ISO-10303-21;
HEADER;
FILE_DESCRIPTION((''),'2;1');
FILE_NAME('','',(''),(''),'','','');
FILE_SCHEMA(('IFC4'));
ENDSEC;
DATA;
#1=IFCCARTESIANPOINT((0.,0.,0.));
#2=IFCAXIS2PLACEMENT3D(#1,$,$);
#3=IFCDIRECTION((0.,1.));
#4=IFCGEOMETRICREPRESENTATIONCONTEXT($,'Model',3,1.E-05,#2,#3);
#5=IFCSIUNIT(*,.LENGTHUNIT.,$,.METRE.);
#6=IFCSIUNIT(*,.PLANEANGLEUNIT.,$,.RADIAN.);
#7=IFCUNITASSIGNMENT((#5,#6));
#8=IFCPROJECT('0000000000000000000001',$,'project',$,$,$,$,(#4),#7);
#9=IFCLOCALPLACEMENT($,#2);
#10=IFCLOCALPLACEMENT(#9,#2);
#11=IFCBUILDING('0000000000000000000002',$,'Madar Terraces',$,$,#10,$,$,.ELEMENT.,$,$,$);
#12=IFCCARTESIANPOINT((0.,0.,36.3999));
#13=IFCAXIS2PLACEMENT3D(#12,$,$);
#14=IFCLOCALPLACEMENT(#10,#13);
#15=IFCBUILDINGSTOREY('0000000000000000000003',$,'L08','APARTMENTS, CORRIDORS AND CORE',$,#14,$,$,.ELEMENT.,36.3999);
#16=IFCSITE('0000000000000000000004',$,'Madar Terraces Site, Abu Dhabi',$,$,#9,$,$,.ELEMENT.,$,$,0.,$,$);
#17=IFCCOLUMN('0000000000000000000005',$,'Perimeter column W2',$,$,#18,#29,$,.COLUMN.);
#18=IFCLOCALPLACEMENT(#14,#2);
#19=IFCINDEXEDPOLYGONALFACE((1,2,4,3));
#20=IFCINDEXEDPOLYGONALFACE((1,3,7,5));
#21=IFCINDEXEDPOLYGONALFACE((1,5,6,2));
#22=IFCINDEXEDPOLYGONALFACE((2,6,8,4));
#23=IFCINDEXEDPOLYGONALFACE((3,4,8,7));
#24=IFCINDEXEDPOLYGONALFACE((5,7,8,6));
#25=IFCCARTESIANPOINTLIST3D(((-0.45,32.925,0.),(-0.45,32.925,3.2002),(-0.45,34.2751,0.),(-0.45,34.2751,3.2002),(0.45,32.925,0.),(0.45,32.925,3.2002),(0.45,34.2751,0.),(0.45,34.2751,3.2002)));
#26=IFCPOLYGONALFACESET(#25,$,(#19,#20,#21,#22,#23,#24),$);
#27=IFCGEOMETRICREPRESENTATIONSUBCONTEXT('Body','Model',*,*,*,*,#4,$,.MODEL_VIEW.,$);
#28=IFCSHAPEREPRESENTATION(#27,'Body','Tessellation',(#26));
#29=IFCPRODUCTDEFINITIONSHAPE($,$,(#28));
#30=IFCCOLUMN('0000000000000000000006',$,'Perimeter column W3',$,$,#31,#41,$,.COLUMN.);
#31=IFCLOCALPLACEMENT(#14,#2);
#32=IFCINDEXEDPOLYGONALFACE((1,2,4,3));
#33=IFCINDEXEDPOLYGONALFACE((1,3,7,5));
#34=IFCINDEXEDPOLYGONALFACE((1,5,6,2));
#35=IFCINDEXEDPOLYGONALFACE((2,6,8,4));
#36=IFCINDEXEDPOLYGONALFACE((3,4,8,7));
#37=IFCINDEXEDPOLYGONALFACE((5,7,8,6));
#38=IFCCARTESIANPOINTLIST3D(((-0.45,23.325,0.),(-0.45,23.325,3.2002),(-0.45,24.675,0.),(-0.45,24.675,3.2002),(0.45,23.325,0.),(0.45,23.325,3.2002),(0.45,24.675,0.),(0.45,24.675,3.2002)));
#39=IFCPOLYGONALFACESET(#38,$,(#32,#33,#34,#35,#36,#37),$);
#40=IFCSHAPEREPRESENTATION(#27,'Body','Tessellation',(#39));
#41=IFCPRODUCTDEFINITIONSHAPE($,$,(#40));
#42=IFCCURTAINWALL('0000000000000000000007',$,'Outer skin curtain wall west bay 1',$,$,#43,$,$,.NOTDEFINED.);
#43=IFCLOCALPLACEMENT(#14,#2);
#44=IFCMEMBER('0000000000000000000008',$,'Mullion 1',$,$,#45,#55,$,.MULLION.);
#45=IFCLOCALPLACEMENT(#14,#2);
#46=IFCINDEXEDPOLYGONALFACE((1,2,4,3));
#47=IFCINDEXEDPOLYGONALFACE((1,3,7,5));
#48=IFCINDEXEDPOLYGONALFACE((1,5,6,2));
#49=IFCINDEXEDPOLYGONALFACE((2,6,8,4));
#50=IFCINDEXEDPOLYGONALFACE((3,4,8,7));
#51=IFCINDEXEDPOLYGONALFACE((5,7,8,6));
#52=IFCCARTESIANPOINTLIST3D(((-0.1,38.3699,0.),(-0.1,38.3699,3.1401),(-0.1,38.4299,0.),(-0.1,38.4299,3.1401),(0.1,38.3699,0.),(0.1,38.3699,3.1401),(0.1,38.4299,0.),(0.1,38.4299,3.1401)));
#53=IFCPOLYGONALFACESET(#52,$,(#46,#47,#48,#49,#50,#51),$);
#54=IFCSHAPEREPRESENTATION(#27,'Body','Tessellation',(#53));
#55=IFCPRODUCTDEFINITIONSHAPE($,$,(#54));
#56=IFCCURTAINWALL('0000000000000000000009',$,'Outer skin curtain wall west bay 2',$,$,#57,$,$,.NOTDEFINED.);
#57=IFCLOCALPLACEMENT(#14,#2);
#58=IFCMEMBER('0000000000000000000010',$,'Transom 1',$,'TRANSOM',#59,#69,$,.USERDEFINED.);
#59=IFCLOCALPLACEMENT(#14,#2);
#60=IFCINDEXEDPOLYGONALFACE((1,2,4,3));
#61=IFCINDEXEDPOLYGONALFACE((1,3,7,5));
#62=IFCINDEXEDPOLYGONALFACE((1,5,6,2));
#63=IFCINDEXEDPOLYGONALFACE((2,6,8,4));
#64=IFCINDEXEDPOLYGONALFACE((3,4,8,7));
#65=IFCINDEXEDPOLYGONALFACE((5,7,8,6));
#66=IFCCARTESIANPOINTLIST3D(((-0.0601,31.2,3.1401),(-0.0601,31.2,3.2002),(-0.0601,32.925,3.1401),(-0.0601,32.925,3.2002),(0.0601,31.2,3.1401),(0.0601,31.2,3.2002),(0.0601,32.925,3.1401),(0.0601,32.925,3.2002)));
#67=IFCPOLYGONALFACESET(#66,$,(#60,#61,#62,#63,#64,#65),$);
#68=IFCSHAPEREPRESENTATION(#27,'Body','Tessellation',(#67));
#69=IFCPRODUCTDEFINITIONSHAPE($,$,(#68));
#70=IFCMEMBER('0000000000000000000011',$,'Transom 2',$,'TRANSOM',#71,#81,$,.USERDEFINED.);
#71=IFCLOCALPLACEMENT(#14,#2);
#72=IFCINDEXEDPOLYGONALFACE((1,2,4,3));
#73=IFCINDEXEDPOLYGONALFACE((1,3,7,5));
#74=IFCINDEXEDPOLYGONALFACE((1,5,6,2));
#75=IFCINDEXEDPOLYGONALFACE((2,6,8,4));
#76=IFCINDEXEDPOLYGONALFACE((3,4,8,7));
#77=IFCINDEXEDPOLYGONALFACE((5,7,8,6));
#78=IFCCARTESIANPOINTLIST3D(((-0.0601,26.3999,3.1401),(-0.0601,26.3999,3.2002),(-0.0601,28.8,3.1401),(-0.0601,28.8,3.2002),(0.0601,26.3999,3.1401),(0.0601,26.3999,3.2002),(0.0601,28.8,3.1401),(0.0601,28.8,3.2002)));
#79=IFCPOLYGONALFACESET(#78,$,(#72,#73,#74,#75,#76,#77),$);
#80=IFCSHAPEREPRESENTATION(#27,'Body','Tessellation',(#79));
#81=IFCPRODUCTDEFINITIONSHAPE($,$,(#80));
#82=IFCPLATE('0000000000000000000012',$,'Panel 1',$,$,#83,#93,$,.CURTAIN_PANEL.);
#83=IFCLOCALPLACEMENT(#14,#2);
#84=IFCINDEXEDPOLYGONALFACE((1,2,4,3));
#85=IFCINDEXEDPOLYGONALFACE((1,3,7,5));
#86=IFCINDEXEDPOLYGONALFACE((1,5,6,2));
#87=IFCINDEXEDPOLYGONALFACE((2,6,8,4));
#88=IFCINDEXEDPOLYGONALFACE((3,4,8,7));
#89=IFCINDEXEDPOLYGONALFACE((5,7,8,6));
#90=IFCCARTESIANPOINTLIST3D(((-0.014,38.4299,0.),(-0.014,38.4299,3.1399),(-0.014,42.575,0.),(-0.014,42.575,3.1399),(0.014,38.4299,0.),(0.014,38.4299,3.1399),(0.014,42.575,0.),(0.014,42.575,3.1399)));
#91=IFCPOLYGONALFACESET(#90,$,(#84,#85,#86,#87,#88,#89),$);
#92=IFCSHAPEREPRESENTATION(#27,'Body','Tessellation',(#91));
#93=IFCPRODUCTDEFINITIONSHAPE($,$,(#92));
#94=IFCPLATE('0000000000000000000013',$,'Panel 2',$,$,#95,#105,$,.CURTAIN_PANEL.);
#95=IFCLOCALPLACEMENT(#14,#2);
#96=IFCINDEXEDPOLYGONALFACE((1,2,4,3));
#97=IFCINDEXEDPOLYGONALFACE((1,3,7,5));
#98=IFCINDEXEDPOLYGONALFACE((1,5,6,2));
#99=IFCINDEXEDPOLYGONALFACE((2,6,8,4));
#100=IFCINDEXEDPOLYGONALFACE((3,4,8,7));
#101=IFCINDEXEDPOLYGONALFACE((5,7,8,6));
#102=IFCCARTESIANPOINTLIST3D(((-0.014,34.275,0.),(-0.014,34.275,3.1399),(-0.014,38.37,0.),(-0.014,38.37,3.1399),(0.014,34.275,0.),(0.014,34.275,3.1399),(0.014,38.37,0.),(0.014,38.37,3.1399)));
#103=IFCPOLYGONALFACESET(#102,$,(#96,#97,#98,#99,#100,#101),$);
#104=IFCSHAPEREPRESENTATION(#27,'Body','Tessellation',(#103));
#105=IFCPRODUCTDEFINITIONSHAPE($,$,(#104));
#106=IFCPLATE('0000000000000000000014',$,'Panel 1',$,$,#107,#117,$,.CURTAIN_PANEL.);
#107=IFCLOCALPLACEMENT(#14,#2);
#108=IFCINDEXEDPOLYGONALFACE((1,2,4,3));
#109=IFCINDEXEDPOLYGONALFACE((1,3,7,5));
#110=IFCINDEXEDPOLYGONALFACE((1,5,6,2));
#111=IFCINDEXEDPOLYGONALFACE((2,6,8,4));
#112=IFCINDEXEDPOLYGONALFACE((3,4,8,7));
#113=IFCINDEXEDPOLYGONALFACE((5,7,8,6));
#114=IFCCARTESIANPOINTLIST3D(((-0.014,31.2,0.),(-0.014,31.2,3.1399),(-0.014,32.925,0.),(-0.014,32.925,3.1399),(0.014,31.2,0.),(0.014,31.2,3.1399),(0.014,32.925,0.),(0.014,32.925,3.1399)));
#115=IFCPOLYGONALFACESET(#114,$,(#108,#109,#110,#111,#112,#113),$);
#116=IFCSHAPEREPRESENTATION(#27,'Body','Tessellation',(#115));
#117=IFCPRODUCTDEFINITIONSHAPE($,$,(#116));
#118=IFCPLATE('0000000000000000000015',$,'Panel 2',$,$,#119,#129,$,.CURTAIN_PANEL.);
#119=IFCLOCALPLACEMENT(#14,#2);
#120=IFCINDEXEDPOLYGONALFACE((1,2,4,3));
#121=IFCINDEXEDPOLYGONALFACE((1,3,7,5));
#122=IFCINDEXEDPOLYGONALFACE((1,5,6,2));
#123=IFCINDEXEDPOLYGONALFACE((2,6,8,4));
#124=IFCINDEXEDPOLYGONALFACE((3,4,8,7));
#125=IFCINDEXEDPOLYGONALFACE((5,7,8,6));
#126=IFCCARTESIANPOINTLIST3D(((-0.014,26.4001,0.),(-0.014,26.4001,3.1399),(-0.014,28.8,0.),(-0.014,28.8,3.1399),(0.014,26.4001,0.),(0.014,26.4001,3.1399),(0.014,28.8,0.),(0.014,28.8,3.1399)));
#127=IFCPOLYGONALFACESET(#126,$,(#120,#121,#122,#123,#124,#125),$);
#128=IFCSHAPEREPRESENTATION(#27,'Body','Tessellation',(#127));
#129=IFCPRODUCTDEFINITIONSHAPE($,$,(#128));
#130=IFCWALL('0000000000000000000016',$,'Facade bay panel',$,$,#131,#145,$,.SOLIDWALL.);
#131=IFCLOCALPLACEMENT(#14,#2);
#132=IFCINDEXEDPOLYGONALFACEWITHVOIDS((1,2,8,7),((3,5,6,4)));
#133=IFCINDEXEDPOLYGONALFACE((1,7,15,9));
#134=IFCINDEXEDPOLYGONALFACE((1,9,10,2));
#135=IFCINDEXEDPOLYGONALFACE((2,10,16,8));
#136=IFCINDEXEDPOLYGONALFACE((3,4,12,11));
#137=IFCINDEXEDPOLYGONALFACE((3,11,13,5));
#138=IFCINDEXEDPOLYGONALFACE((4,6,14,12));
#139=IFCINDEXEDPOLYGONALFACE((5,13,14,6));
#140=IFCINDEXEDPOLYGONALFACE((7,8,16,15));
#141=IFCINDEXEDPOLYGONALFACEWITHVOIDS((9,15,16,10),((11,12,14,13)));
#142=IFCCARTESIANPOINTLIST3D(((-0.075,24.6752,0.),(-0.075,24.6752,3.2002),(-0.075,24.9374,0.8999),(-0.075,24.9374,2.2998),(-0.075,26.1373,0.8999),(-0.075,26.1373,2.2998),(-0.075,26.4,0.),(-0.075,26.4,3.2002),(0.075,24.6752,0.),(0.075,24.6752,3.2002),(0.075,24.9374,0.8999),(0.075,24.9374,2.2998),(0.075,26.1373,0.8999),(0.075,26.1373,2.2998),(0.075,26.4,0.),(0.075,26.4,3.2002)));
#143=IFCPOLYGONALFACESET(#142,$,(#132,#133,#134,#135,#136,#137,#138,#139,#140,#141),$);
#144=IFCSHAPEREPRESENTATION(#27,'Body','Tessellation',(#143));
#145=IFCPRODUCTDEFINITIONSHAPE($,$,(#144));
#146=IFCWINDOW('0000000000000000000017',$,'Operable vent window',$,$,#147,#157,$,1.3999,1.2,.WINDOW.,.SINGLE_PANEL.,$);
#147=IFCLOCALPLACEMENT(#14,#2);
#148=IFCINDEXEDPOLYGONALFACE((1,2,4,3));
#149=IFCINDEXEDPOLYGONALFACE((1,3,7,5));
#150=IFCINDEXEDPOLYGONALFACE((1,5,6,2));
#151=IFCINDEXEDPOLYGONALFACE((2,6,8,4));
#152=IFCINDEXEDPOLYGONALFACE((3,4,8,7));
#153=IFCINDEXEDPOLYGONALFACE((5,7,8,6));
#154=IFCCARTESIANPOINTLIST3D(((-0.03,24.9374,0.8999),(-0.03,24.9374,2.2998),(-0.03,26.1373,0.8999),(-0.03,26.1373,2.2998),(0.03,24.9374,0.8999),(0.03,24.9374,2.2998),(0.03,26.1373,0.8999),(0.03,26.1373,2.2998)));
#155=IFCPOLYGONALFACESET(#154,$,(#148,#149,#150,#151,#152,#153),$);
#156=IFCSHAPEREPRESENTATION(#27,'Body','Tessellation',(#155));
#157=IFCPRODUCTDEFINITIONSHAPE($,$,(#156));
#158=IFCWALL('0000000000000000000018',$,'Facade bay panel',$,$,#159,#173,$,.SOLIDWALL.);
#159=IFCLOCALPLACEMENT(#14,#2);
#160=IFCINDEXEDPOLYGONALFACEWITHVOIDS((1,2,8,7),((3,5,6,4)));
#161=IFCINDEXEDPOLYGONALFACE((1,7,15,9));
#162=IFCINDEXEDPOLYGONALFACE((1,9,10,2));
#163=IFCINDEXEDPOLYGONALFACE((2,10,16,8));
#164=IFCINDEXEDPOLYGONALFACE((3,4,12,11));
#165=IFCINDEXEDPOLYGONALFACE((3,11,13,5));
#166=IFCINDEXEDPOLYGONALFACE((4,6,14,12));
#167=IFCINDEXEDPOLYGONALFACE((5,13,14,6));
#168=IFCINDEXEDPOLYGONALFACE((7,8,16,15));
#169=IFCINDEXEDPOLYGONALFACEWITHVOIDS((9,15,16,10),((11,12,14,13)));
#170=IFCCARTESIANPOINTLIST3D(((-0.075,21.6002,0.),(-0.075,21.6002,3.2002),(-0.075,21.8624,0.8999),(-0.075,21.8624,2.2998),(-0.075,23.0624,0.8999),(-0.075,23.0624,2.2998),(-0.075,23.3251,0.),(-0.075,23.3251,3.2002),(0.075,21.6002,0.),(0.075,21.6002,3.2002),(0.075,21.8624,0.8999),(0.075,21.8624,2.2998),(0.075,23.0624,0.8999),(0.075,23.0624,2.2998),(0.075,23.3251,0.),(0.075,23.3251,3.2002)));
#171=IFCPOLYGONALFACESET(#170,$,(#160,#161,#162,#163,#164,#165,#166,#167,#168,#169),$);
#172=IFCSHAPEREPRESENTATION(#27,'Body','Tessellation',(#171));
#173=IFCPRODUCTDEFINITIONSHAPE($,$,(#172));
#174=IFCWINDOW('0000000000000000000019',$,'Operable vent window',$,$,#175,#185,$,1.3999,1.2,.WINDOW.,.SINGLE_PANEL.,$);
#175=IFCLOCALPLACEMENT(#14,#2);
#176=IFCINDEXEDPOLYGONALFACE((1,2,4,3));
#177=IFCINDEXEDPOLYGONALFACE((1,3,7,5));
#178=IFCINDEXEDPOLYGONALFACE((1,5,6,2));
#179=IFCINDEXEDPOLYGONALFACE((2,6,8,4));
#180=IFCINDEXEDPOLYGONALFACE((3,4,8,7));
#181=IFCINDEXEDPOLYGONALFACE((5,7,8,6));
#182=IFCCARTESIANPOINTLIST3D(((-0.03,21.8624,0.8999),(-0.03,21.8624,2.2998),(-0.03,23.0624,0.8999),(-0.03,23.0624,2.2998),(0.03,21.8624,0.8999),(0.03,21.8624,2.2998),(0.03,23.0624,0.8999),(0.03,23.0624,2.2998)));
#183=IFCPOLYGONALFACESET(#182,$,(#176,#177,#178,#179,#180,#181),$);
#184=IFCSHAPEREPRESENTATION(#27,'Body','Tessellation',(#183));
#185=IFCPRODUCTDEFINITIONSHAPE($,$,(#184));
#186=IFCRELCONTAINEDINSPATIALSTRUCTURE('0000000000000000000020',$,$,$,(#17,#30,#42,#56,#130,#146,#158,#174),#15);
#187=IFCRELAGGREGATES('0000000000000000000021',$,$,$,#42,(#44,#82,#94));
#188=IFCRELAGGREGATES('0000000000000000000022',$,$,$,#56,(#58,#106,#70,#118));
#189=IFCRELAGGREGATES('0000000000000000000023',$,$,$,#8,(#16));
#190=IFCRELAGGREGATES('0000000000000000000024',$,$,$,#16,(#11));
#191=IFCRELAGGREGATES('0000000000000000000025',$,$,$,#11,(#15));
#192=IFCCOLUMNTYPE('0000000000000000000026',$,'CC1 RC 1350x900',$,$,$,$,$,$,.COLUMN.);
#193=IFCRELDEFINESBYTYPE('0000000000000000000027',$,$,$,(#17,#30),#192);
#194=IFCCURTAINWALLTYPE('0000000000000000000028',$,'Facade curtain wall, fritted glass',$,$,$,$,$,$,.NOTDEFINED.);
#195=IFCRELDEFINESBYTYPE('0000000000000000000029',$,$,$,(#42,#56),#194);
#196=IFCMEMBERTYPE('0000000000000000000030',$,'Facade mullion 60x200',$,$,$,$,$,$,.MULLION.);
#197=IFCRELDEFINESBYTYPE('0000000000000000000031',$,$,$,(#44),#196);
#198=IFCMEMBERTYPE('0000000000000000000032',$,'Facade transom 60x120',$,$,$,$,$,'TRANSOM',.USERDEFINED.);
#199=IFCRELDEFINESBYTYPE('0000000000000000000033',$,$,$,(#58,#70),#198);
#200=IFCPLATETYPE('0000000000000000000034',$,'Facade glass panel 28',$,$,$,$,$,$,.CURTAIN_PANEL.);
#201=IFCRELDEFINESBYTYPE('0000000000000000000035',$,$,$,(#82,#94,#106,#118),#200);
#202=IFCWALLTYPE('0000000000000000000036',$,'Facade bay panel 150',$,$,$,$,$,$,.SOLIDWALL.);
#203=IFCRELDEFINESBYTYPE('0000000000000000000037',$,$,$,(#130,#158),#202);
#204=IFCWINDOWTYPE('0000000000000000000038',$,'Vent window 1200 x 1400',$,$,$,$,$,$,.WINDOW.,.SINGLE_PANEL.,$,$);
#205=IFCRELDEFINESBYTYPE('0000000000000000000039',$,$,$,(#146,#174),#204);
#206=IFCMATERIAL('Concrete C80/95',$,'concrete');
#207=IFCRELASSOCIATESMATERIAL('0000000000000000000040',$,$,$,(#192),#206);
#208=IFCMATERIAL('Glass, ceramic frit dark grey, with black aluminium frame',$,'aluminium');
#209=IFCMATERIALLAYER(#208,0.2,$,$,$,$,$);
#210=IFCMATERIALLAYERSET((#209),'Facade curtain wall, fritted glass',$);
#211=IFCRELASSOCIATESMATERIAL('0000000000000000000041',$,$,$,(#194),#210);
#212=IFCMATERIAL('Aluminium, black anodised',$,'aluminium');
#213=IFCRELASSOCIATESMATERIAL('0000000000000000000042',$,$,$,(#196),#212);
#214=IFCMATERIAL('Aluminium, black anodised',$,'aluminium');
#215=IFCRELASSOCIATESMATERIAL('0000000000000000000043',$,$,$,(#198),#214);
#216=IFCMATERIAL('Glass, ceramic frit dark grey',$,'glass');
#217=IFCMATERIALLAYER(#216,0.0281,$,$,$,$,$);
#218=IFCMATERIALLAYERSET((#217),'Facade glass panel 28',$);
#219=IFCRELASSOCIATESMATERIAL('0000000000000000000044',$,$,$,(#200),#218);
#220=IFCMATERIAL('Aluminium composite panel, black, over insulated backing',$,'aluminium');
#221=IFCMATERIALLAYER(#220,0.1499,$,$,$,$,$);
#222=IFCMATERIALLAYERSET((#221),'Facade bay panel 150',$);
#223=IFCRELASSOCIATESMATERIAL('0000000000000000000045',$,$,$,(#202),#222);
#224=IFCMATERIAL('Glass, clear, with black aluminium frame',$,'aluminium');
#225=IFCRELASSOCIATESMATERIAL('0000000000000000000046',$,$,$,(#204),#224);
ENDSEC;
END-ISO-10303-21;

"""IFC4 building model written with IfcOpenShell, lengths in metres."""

from ifc_helpers import new_model, si_unit, direction, frame, frame_2d, origin, origin_2d, place, context, subcontext, project, spatial, rectangle, extrude, material, layer, layer_set, material_profile, profile_set, type_object, element, fill, aggregate, save


model = new_model("IFC4")

# Units and contexts
model_context = context("Model", 3, precision=1e-05, world=origin(), true_north=direction((0.0, 1.0)))
body_context = subcontext(model_context, "Body", "Model", "MODEL_VIEW")
ifc_project = project(units=[si_unit("LENGTHUNIT", "METRE"), si_unit("PLANEANGLEUNIT", "RADIAN")], contexts=[model_context])

# Site, building, storey
site_placement = place(None, origin())
site = spatial("IfcSite", under=ifc_project, at=site_placement, Name="Madar Terraces Site, Abu Dhabi", CompositionType="ELEMENT", RefElevation=0.0)
building_placement = place(site_placement, origin())
building = spatial("IfcBuilding", under=site, at=building_placement, Name="Madar Terraces", CompositionType="ELEMENT")
storey_placement = place(building_placement, frame((0.0, 0.0, 36.3999)))
storey = spatial("IfcBuildingStorey", under=building, at=storey_placement, Name="L08", Description="APARTMENTS, CORRIDORS AND CORE", CompositionType="ELEMENT", Elevation=36.3999)

# Columns
ifc_material_1 = material(Name="Concrete C80/95", Category="concrete")
ifc_material_profile_1 = material_profile(ifc_material_1, rectangle(XDim=1.3501, YDim=0.8999, at=origin_2d()), Name="CC1 RC 1350x900")
ifc_profile_set_1 = profile_set([ifc_material_profile_1], Name="Concrete C80/95")
column_type = type_object("IfcColumnType", Name="CC1 RC 1350x900", PredefinedType="COLUMN", material=ifc_profile_set_1)
for number, where, z_axis, x_axis, name in (
    (1, (0.0, 33.6001, 0.0), (0.0, 0.0, 1.0), (0.0, 1.0, 0.0), "Perimeter column W2"),
    (2, (0.0, 24.0, 0.0), (0.0, 0.0, 1.0), (0.0, 1.0, 0.0), "Perimeter column W3"),
):
    element("IfcColumn", number, at=place(storey_placement, frame(where, z_axis=z_axis, x_axis=x_axis)), inside=storey, type_object=column_type, Name=name, PredefinedType="COLUMN", context=body_context, shape_type="SweptSolid", body=[
        extrude(rectangle(XDim=1.3501, YDim=0.8999, at=origin_2d()), origin(), (0.0, 0.0, 1.0), 3.2002),
    ])

# Curtain wall, member
ifc_material_2 = material(Name="Glass, ceramic frit dark grey, with black aluminium frame", Category="aluminium")
ifc_layer_1 = layer(ifc_material_2, 0.2)
ifc_layer_set_1 = layer_set([ifc_layer_1], Name="Facade curtain wall, fritted glass")
curtain_wall_type = type_object("IfcCurtainWallType", Name="Facade curtain wall, fritted glass", PredefinedType="NOTDEFINED", material=ifc_layer_set_1)
curtain_wall_1_placement = place(storey_placement, origin())
curtain_wall_1 = element("IfcCurtainWall", 3, at=curtain_wall_1_placement, inside=storey, type_object=curtain_wall_type, Name="Outer skin curtain wall west bay 1", PredefinedType="NOTDEFINED")
ifc_material_3 = material(Name="Aluminium, black anodised", Category="aluminium")
ifc_material_profile_2 = material_profile(ifc_material_3, rectangle(XDim=0.2, YDim=0.0601, at=origin_2d()), Name="Facade mullion 60x200")
ifc_profile_set_2 = profile_set([ifc_material_profile_2], Name="Aluminium, black anodised")
member_type_1 = type_object("IfcMemberType", Name="Facade mullion 60x200", PredefinedType="MULLION", material=ifc_profile_set_2)
member_1_placement = place(storey_placement, frame((0.0, 38.3999, 0.0), z_axis=(0.0, 0.0, 1.0), x_axis=(1.0, 0.0, 0.0)))
member_1 = element("IfcMember", 4, at=member_1_placement, type_object=member_type_1, Name="Mullion 1", PredefinedType="MULLION", context=body_context, shape_type="SweptSolid", body=[
    extrude(rectangle(XDim=0.2, YDim=0.0601, at=origin_2d()), origin(), (0.0, 0.0, 1.0), 3.1401),
])

# Curtain wall, members
curtain_wall_2_placement = place(storey_placement, origin())
curtain_wall_2 = element("IfcCurtainWall", 5, at=curtain_wall_2_placement, inside=storey, type_object=curtain_wall_type, Name="Outer skin curtain wall west bay 2", PredefinedType="NOTDEFINED")
ifc_material_4 = material(Name="Aluminium, black anodised", Category="aluminium")
ifc_material_profile_3 = material_profile(ifc_material_4, rectangle(XDim=0.1201, YDim=0.0601, at=origin_2d()), Name="Facade transom 60x120")
ifc_profile_set_3 = profile_set([ifc_material_profile_3], Name="Aluminium, black anodised")
member_type_2 = type_object("IfcMemberType", Name="Facade transom 60x120", ElementType="TRANSOM", PredefinedType="USERDEFINED", material=ifc_profile_set_3)
member_2_placement = place(storey_placement, frame((0.0, 32.925, 3.1702), z_axis=(0.0, -1.0, 0.0), x_axis=(1.0, 0.0, 0.0)))
member_2 = element("IfcMember", 6, at=member_2_placement, type_object=member_type_2, Name="Transom 1", ObjectType="TRANSOM", PredefinedType="USERDEFINED", context=body_context, shape_type="SweptSolid", body=[
    extrude(rectangle(XDim=0.1201, YDim=0.0601, at=origin_2d()), origin(), (0.0, 0.0, 1.0), 1.7251),
])
member_3_placement = place(storey_placement, frame((0.0, 28.8, 3.1702), z_axis=(0.0, -1.0, 0.0), x_axis=(1.0, 0.0, 0.0)))
member_3 = element("IfcMember", 7, at=member_3_placement, type_object=member_type_2, Name="Transom 2", ObjectType="TRANSOM", PredefinedType="USERDEFINED", context=body_context, shape_type="SweptSolid", body=[
    extrude(rectangle(XDim=0.1201, YDim=0.0601, at=origin_2d()), origin(), (0.0, 0.0, 1.0), 2.4001),
])

# Plates
ifc_material_5 = material(Name="Glass, ceramic frit dark grey", Category="glass")
ifc_layer_2 = layer(ifc_material_5, 0.0281)
ifc_layer_set_2 = layer_set([ifc_layer_2], Name="Facade glass panel 28")
plate_type = type_object("IfcPlateType", Name="Facade glass panel 28", PredefinedType="CURTAIN_PANEL", material=ifc_layer_set_2)
plate_1_placement = place(storey_placement, frame((0.0, 40.5024, 0.0), z_axis=(0.0, 0.0, 1.0), x_axis=(0.0, -1.0, 0.0)))
plate_1 = element("IfcPlate", 8, at=plate_1_placement, type_object=plate_type, Name="Panel 1", PredefinedType="CURTAIN_PANEL", context=body_context, shape_type="SweptSolid", body=[
    extrude(rectangle(XDim=4.145, YDim=0.0281, at=origin_2d()), origin(), (0.0, 0.0, 1.0), 3.1399),
])
plate_2_placement = place(storey_placement, frame((0.0, 36.3225, 0.0), z_axis=(0.0, 0.0, 1.0), x_axis=(0.0, -1.0, 0.0)))
plate_2 = element("IfcPlate", 9, at=plate_2_placement, type_object=plate_type, Name="Panel 2", PredefinedType="CURTAIN_PANEL", context=body_context, shape_type="SweptSolid", body=[
    extrude(rectangle(XDim=4.095, YDim=0.0281, at=origin_2d()), origin(), (0.0, 0.0, 1.0), 3.1399),
])
aggregate(curtain_wall_1, [member_1, plate_1, plate_2])
plate_3_placement = place(storey_placement, frame((0.0, 32.0625, 0.0), z_axis=(0.0, 0.0, 1.0), x_axis=(0.0, -1.0, 0.0)))
plate_3 = element("IfcPlate", 10, at=plate_3_placement, type_object=plate_type, Name="Panel 1", PredefinedType="CURTAIN_PANEL", context=body_context, shape_type="SweptSolid", body=[
    extrude(rectangle(XDim=1.7251, YDim=0.0281, at=origin_2d()), origin(), (0.0, 0.0, 1.0), 3.1399),
])
plate_4_placement = place(storey_placement, frame((0.0, 27.6001, 0.0), z_axis=(0.0, 0.0, 1.0), x_axis=(0.0, -1.0, 0.0)))
plate_4 = element("IfcPlate", 11, at=plate_4_placement, type_object=plate_type, Name="Panel 2", PredefinedType="CURTAIN_PANEL", context=body_context, shape_type="SweptSolid", body=[
    extrude(rectangle(XDim=2.3999, YDim=0.0281, at=origin_2d()), origin(), (0.0, 0.0, 1.0), 3.1399),
])
aggregate(curtain_wall_2, [member_2, plate_3, member_3, plate_4])

# Shared definitions
ifc_material_6 = material(Name="Aluminium composite panel, black, over insulated backing", Category="aluminium")
ifc_layer_3 = layer(ifc_material_6, 0.1499)
ifc_layer_set_3 = layer_set([ifc_layer_3], Name="Facade bay panel 150")
wall_type_1 = type_object("IfcWallType", Name="Facade bay panel 150", PredefinedType="SOLIDWALL", material=ifc_layer_set_3)

# Walls, openings, windows
wall_1_placement = place(storey_placement, frame((0.0, 26.3999, 0.0), z_axis=(0.0, 0.0, 1.0), x_axis=(0.0, -1.0, 0.0)))
wall_1 = element("IfcWall", 12, at=wall_1_placement, inside=storey, type_object=wall_type_1, Name="Facade bay panel", PredefinedType="SOLIDWALL", context=body_context, shape_type="SweptSolid", body=[
    extrude(rectangle(XDim=1.7249, YDim=0.1499, at=frame_2d((0.8623, 0.0))), origin(), (0.0, 0.0, 1.0), 3.2002),
])
opening_1_placement = place(wall_1_placement, frame((0.2625, 0.0, 0.8999)))
opening_1 = element("IfcOpeningElement", 13, at=opening_1_placement, cuts=wall_1, PredefinedType="OPENING", context=body_context, shape_type="SweptSolid", body=[
    extrude(rectangle(XDim=1.2, YDim=1.3999, at=frame_2d((0.6001, 0.7))), frame((0.0, 0.085, 0.0), z_axis=(0.0, -1.0, 0.0), x_axis=(1.0, 0.0, 0.0)), (0.0, 0.0, 1.0), 0.1699),
])
ifc_material_7 = material(Name="Glass, clear, with black aluminium frame", Category="aluminium")
window_type = type_object("IfcWindowType", Name="Vent window 1200 x 1400", PartitioningType="SINGLE_PANEL", PredefinedType="WINDOW", material=ifc_material_7)
window_1_placement = place(opening_1_placement, origin())
window_1 = element("IfcWindow", 14, at=window_1_placement, inside=storey, type_object=window_type, Name="Operable vent window", OverallHeight=1.3999, OverallWidth=1.2, PartitioningType="SINGLE_PANEL", PredefinedType="WINDOW", context=body_context, shape_type="SweptSolid", body=[
    extrude(rectangle(XDim=1.2, YDim=1.3999, at=frame_2d((0.6001, 0.7))), frame((0.0, 0.03, 0.0), z_axis=(0.0, -1.0, 0.0), x_axis=(1.0, 0.0, 0.0)), (0.0, 0.0, 1.0), 0.0601),
])
fill(opening_1, window_1)
wall_2_placement = place(storey_placement, frame((0.0, 23.325, 0.0), z_axis=(0.0, 0.0, 1.0), x_axis=(0.0, -1.0, 0.0)))
wall_2 = element("IfcWall", 15, at=wall_2_placement, inside=storey, type_object=wall_type_1, Name="Facade bay panel", PredefinedType="SOLIDWALL", context=body_context, shape_type="SweptSolid", body=[
    extrude(rectangle(XDim=1.7249, YDim=0.1499, at=frame_2d((0.8623, 0.0))), origin(), (0.0, 0.0, 1.0), 3.2002),
])
opening_2_placement = place(wall_2_placement, frame((0.2625, 0.0, 0.8999)))
opening_2 = element("IfcOpeningElement", 16, at=opening_2_placement, cuts=wall_2, PredefinedType="OPENING", context=body_context, shape_type="SweptSolid", body=[
    extrude(rectangle(XDim=1.2, YDim=1.3999, at=frame_2d((0.6001, 0.7))), frame((0.0, 0.085, 0.0), z_axis=(0.0, -1.0, 0.0), x_axis=(1.0, 0.0, 0.0)), (0.0, 0.0, 1.0), 0.1699),
])
window_2_placement = place(opening_2_placement, origin())
window_2 = element("IfcWindow", 17, at=window_2_placement, inside=storey, type_object=window_type, Name="Operable vent window", OverallHeight=1.3999, OverallWidth=1.2, PartitioningType="SINGLE_PANEL", PredefinedType="WINDOW", context=body_context, shape_type="SweptSolid", body=[
    extrude(rectangle(XDim=1.2, YDim=1.3999, at=frame_2d((0.6001, 0.7))), frame((0.0, 0.03, 0.0), z_axis=(0.0, -1.0, 0.0), x_axis=(1.0, 0.0, 0.0)), (0.0, 0.0, 1.0), 0.0601),
])
fill(opening_2, window_2)

save(model, "model.ifc")
